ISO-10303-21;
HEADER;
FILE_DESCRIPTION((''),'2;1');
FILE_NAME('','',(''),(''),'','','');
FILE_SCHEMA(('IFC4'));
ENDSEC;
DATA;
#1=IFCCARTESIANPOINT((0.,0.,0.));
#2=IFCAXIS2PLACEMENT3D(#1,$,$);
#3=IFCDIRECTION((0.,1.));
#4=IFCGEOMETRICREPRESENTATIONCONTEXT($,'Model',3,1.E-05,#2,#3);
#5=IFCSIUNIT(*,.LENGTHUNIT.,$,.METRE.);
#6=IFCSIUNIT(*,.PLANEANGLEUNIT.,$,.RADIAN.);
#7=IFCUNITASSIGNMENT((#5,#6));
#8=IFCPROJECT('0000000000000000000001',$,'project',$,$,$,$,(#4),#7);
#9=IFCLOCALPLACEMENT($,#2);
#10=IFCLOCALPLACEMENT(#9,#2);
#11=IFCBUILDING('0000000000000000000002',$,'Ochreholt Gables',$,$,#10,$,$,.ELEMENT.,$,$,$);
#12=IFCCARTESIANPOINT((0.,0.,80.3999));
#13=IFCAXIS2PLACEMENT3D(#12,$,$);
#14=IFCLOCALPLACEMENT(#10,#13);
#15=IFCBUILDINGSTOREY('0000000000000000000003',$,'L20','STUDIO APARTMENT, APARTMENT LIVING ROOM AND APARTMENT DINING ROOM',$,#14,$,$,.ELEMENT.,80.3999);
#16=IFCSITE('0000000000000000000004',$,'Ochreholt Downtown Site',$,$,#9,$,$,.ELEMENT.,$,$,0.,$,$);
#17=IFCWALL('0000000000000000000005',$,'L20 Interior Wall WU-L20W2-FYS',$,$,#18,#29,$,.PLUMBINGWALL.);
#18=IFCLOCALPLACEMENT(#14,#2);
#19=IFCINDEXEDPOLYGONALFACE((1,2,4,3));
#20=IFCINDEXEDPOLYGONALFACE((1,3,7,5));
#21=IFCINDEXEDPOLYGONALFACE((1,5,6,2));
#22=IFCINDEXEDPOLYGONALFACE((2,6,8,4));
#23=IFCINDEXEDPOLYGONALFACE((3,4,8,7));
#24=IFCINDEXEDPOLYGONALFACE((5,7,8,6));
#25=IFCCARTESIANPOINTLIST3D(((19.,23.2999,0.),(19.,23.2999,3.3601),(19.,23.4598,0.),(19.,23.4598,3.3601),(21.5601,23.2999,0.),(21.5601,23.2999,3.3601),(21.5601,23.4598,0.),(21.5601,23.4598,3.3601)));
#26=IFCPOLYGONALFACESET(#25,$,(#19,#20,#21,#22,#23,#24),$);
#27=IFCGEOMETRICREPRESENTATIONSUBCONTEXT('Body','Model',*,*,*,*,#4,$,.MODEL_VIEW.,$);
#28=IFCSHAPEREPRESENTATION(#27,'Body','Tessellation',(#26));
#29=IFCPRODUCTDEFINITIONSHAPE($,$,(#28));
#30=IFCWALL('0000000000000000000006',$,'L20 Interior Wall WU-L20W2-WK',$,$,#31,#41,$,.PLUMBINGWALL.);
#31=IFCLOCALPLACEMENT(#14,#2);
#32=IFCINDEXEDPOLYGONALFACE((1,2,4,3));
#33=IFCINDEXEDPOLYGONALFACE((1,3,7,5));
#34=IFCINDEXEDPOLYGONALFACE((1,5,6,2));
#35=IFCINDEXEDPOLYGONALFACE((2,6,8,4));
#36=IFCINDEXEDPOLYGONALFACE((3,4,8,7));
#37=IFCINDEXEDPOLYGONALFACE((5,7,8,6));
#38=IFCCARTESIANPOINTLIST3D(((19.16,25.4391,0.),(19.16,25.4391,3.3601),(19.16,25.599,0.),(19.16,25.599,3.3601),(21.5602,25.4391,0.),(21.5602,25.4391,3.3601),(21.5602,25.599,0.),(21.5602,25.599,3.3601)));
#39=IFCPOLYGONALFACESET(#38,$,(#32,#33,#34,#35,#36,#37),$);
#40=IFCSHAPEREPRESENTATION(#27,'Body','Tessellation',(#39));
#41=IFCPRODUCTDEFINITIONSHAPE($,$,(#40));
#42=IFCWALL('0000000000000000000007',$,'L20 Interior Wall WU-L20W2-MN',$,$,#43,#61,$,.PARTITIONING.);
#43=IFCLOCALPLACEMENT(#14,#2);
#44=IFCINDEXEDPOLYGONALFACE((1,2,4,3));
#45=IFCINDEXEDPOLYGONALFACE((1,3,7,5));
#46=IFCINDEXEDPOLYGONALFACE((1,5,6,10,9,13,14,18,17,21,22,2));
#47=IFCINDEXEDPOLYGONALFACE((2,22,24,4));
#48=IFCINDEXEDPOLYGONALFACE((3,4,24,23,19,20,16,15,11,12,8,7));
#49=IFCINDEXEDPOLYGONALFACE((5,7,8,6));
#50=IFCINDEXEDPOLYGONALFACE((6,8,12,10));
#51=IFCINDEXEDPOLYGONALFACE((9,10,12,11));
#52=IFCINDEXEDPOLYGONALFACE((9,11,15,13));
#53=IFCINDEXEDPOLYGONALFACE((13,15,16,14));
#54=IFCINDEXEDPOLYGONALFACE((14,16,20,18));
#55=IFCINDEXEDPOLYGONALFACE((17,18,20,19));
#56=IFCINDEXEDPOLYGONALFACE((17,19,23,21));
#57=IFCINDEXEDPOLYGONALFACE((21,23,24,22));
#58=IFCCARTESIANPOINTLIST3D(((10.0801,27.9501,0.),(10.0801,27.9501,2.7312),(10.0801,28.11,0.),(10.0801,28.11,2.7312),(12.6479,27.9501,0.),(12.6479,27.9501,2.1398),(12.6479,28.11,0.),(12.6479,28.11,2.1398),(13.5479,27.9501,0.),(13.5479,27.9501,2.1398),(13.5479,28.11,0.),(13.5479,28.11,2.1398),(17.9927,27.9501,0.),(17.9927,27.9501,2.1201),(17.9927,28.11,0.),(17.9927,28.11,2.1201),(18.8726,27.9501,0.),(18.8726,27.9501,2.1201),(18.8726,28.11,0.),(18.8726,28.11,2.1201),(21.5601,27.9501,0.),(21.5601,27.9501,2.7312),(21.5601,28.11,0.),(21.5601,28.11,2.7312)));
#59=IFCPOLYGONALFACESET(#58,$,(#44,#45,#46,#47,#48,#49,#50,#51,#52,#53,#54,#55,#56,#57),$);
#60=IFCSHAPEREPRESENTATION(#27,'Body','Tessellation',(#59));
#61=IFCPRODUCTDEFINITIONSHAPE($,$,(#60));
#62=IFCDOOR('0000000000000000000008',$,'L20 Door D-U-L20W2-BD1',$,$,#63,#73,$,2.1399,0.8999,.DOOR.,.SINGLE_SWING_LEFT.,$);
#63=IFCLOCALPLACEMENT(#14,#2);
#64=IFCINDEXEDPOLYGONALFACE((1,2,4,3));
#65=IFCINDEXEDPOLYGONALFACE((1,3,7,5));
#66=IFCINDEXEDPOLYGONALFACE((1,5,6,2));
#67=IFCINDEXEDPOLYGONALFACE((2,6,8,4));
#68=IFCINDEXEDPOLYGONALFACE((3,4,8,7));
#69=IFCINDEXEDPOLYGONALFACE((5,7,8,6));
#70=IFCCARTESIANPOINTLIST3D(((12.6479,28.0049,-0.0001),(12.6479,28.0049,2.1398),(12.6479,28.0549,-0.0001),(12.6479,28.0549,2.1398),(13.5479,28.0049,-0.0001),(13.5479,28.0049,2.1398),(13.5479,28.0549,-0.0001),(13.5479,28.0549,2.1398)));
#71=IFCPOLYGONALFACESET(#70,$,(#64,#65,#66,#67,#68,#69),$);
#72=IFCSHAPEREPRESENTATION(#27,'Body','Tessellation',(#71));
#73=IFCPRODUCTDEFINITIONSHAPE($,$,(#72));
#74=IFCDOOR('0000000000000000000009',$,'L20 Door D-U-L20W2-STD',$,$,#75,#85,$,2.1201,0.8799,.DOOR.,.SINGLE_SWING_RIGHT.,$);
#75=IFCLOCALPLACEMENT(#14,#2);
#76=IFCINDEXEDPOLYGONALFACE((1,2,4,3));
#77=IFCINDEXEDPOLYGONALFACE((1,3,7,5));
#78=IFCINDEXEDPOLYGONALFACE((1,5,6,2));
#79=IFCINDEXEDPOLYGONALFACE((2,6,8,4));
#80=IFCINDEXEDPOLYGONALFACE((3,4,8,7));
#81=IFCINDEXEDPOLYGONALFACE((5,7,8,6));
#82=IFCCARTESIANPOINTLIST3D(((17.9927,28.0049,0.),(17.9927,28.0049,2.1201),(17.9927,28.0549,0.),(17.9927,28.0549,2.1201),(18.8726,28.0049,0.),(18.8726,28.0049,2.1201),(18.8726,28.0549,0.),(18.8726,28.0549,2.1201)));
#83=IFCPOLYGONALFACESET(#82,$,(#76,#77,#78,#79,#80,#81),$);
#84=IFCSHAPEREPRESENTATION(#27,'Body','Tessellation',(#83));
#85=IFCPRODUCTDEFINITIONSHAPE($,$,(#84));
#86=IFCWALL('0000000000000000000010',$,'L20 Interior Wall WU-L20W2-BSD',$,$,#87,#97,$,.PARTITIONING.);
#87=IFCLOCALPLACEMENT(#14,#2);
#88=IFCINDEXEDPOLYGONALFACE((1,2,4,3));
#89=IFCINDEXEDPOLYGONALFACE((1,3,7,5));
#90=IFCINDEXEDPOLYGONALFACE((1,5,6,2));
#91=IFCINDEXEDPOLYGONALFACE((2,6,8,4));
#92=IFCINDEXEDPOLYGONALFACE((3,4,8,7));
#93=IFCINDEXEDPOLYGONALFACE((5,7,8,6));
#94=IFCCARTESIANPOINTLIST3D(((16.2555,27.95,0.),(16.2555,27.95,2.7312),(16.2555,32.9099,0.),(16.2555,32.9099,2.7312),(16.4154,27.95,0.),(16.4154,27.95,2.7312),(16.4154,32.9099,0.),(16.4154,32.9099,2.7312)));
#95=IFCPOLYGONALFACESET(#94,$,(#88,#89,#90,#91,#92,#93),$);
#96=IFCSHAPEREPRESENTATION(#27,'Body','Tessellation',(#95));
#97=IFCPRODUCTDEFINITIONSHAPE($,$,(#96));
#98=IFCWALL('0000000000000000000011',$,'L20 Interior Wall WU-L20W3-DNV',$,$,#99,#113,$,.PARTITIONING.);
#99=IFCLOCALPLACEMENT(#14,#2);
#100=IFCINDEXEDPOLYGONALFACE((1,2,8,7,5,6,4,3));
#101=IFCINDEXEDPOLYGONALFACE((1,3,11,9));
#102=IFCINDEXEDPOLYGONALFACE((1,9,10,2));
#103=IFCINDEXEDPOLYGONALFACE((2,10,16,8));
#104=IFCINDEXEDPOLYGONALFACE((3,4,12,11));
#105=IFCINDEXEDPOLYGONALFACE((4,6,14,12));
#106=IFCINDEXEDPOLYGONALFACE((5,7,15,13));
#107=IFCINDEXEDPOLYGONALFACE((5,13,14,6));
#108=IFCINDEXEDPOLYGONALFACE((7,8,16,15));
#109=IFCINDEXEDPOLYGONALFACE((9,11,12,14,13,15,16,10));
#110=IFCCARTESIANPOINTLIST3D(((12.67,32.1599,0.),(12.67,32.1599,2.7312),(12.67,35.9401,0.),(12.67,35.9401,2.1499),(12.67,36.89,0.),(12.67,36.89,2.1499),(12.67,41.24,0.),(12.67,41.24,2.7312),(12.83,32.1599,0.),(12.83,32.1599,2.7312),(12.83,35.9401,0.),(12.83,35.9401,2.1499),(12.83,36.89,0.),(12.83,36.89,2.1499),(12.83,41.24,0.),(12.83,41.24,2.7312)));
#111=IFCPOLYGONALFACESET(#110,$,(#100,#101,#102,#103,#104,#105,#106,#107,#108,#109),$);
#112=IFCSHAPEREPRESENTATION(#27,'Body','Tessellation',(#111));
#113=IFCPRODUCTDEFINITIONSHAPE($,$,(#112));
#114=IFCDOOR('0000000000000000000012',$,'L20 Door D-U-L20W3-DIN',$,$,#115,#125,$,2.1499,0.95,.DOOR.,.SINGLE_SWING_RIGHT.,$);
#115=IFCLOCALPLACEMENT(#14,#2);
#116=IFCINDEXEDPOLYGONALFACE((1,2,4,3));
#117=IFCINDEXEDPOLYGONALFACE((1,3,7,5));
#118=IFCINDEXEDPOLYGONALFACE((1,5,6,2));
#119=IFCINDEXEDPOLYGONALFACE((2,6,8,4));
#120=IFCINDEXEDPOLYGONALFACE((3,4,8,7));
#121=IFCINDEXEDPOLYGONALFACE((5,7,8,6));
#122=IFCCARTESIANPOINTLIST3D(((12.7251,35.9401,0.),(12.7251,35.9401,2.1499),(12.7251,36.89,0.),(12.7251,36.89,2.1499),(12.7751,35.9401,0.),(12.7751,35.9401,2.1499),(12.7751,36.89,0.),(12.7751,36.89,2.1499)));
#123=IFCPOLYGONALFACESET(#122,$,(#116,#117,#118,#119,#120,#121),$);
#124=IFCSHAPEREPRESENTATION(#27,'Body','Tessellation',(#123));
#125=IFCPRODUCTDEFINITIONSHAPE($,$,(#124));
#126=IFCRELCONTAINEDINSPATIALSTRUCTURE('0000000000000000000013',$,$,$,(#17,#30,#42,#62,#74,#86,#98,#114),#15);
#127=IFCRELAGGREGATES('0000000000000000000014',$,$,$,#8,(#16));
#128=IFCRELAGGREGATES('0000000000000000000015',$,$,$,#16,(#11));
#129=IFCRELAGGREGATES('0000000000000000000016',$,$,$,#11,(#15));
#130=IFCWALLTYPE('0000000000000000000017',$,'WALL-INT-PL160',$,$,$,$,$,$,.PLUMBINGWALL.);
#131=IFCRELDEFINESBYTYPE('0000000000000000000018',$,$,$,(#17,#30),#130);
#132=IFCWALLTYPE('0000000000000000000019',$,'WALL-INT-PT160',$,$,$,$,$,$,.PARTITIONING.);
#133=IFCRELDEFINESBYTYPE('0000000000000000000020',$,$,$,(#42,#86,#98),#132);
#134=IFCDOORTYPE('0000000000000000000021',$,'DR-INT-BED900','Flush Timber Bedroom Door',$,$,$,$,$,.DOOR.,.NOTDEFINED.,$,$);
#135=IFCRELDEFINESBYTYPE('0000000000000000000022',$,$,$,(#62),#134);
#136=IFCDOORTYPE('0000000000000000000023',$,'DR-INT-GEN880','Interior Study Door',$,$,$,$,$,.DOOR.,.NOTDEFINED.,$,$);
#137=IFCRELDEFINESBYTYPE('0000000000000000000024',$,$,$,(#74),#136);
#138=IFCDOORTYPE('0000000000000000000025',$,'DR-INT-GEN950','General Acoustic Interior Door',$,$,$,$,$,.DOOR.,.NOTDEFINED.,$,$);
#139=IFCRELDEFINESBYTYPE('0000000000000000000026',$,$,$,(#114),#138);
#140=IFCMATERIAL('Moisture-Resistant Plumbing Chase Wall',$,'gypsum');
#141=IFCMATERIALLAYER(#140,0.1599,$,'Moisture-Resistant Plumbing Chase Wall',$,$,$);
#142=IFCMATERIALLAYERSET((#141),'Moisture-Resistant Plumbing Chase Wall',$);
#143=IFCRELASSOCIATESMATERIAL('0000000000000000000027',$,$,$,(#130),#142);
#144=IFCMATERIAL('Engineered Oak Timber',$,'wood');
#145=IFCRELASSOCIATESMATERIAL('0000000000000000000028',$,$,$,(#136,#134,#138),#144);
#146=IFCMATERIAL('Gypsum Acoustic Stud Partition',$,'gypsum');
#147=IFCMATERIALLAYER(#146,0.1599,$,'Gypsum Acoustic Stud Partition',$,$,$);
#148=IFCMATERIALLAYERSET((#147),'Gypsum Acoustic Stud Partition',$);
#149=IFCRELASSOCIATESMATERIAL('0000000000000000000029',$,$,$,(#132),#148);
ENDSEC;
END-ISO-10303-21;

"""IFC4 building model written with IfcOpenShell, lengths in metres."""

from ifc_helpers import new_model, si_unit, direction, frame, frame_2d, origin, place, context, subcontext, project, spatial, rectangle, extrude, material, layer, layer_set, type_object, element, fill, save


model = new_model("IFC4")

# Units and contexts
model_context = context("Model", 3, precision=1e-05, world=origin(), true_north=direction((0.0, 1.0)))
body_context = subcontext(model_context, "Body", "Model", "MODEL_VIEW")
ifc_project = project(units=[si_unit("LENGTHUNIT", "METRE"), si_unit("PLANEANGLEUNIT", "RADIAN")], contexts=[model_context])

# Site, building, storey
site_placement = place(None, origin())
site = spatial("IfcSite", under=ifc_project, at=site_placement, Name="Ochreholt Downtown Site", CompositionType="ELEMENT", RefElevation=0.0)
building_placement = place(site_placement, origin())
building = spatial("IfcBuilding", under=site, at=building_placement, Name="Ochreholt Gables", CompositionType="ELEMENT")
storey_placement = place(building_placement, frame((0.0, 0.0, 80.3999)))
storey = spatial("IfcBuildingStorey", under=building, at=storey_placement, Name="L20", Description="STUDIO APARTMENT, APARTMENT LIVING ROOM AND APARTMENT DINING ROOM", CompositionType="ELEMENT", Elevation=80.3999)

# Wall
ifc_material_1 = material(Name="Moisture-Resistant Plumbing Chase Wall", Category="gypsum")
ifc_layer_1 = layer(ifc_material_1, 0.1599, Name="Moisture-Resistant Plumbing Chase Wall")
ifc_layer_set_1 = layer_set([ifc_layer_1], Name="Moisture-Resistant Plumbing Chase Wall")
wall_type_1 = type_object("IfcWallType", Name="WALL-INT-PL160", PredefinedType="PLUMBINGWALL", material=ifc_layer_set_1)
wall_1_placement = place(storey_placement, frame((19.0, 23.3799, 0.0), z_axis=(0.0, 0.0, 1.0), x_axis=(1.0, 0.0, 0.0)))
element("IfcWall", 1, at=wall_1_placement, inside=storey, type_object=wall_type_1, Name="L20 Interior Wall WU-L20W2-FYS", PredefinedType="PLUMBINGWALL", context=body_context, shape_type="SweptSolid", body=[
    extrude(rectangle(XDim=2.5601, YDim=0.1599, at=frame_2d((1.28, 0.0))), origin(), (0.0, 0.0, 1.0), 3.3601),
])

# Shared definitions
ifc_material_2 = material(Name="Engineered Oak Timber", Category="wood")
door_type_1 = type_object("IfcDoorType", Name="DR-INT-GEN880", Description="Interior Study Door", OperationType="NOTDEFINED", PredefinedType="DOOR", material=ifc_material_2)

# Wall
wall_2_placement = place(storey_placement, frame((19.1599, 25.519, 0.0), z_axis=(0.0, 0.0, 1.0), x_axis=(1.0, 0.0, 0.0)))
element("IfcWall", 2, at=wall_2_placement, inside=storey, type_object=wall_type_1, Name="L20 Interior Wall WU-L20W2-WK", PredefinedType="PLUMBINGWALL", context=body_context, shape_type="SweptSolid", body=[
    extrude(rectangle(XDim=2.4001, YDim=0.1599, at=frame_2d((1.2002, 0.0))), origin(), (0.0, 0.0, 1.0), 3.3601),
])

# Wall, openings, doors
ifc_material_3 = material(Name="Gypsum Acoustic Stud Partition", Category="gypsum")
ifc_layer_2 = layer(ifc_material_3, 0.1599, Name="Gypsum Acoustic Stud Partition")
ifc_layer_set_2 = layer_set([ifc_layer_2], Name="Gypsum Acoustic Stud Partition")
wall_type_2 = type_object("IfcWallType", Name="WALL-INT-PT160", PredefinedType="PARTITIONING", material=ifc_layer_set_2)
wall_3_placement = place(storey_placement, frame((10.0801, 28.03, 0.0), z_axis=(0.0, 0.0, 1.0), x_axis=(1.0, 0.0, 0.0)))
wall_3 = element("IfcWall", 3, at=wall_3_placement, inside=storey, type_object=wall_type_2, Name="L20 Interior Wall WU-L20W2-MN", PredefinedType="PARTITIONING", context=body_context, shape_type="SweptSolid", body=[
    extrude(rectangle(XDim=11.48, YDim=0.1599, at=frame_2d((5.74, 0.0))), origin(), (0.0, 0.0, 1.0), 2.7312),
])
opening_1_placement = place(wall_3_placement, frame((7.9126, 0.0, 0.0)))
opening_1 = element("IfcOpeningElement", 4, at=opening_1_placement, cuts=wall_3, PredefinedType="OPENING", context=body_context, shape_type="SweptSolid", body=[
    extrude(rectangle(XDim=0.8799, YDim=2.1201, at=frame_2d((0.4399, 1.0601))), frame((0.0, 0.0898, 0.0), z_axis=(0.0, -1.0, 0.0), x_axis=(1.0, 0.0, 0.0)), (0.0, 0.0, 1.0), 0.1799),
])
opening_2_placement = place(wall_3_placement, frame((2.5679, 0.0, 0.0)))
opening_2 = element("IfcOpeningElement", 5, at=opening_2_placement, cuts=wall_3, PredefinedType="OPENING", context=body_context, shape_type="SweptSolid", body=[
    extrude(rectangle(XDim=0.8999, YDim=2.1399, at=frame_2d((0.45, 1.0698))), frame((0.0, 0.0898, 0.0), z_axis=(0.0, -1.0, 0.0), x_axis=(1.0, 0.0, 0.0)), (0.0, 0.0, 1.0), 0.1799),
])
door_type_2 = type_object("IfcDoorType", Name="DR-INT-BED900", Description="Flush Timber Bedroom Door", OperationType="NOTDEFINED", PredefinedType="DOOR", material=ifc_material_2)
door_1_placement = place(opening_2_placement, origin())
door_1 = element("IfcDoor", 6, at=door_1_placement, inside=storey, type_object=door_type_2, Name="L20 Door D-U-L20W2-BD1", OperationType="SINGLE_SWING_LEFT", OverallHeight=2.1399, OverallWidth=0.8999, PredefinedType="DOOR", context=body_context, shape_type="SweptSolid", body=[
    extrude(rectangle(XDim=0.8999, YDim=2.1399, at=frame_2d((0.45, 1.0698))), frame((0.0, 0.0249, 0.0), z_axis=(0.0, -1.0, 0.0), x_axis=(1.0, 0.0, 0.0)), (0.0, 0.0, 1.0), 0.05),
])
fill(opening_2, door_1)
door_2_placement = place(opening_1_placement, origin())
door_2 = element("IfcDoor", 7, at=door_2_placement, inside=storey, type_object=door_type_1, Name="L20 Door D-U-L20W2-STD", OperationType="SINGLE_SWING_RIGHT", OverallHeight=2.1201, OverallWidth=0.8799, PredefinedType="DOOR", context=body_context, shape_type="SweptSolid", body=[
    extrude(rectangle(XDim=0.8799, YDim=2.1201, at=frame_2d((0.4399, 1.0601))), frame((0.0, 0.0249, 0.0), z_axis=(0.0, -1.0, 0.0), x_axis=(1.0, 0.0, 0.0)), (0.0, 0.0, 1.0), 0.05),
])
fill(opening_1, door_2)

# Wall
wall_4_placement = place(storey_placement, frame((16.3354, 27.95, 0.0), z_axis=(0.0, 0.0, 1.0), x_axis=(0.0, 1.0, 0.0)))
element("IfcWall", 8, at=wall_4_placement, inside=storey, type_object=wall_type_2, Name="L20 Interior Wall WU-L20W2-BSD", PredefinedType="PARTITIONING", context=body_context, shape_type="SweptSolid", body=[
    extrude(rectangle(XDim=4.96, YDim=0.1599, at=frame_2d((2.48, 0.0))), origin(), (0.0, 0.0, 1.0), 2.7312),
])

# Wall, opening, door
wall_5_placement = place(storey_placement, frame((12.75, 32.1599, 0.0), z_axis=(0.0, 0.0, 1.0), x_axis=(0.0, 1.0, 0.0)))
wall_5 = element("IfcWall", 9, at=wall_5_placement, inside=storey, type_object=wall_type_2, Name="L20 Interior Wall WU-L20W3-DNV", PredefinedType="PARTITIONING", context=body_context, shape_type="SweptSolid", body=[
    extrude(rectangle(XDim=9.0801, YDim=0.1599, at=frame_2d((4.54, 0.0))), origin(), (0.0, 0.0, 1.0), 2.7312),
])
opening_3_placement = place(wall_5_placement, frame((3.78, 0.0, 0.0)))
opening_3 = element("IfcOpeningElement", 10, at=opening_3_placement, cuts=wall_5, PredefinedType="OPENING", context=body_context, shape_type="SweptSolid", body=[
    extrude(rectangle(XDim=0.95, YDim=2.1499, at=frame_2d((0.4751, 1.075))), frame((0.0, 0.0898, 0.0), z_axis=(0.0, -1.0, 0.0), x_axis=(1.0, 0.0, 0.0)), (0.0, 0.0, 1.0), 0.1799),
])
door_type_3 = type_object("IfcDoorType", Name="DR-INT-GEN950", Description="General Acoustic Interior Door", OperationType="NOTDEFINED", PredefinedType="DOOR", material=ifc_material_2)
door_3_placement = place(opening_3_placement, origin())
door_3 = element("IfcDoor", 11, at=door_3_placement, inside=storey, type_object=door_type_3, Name="L20 Door D-U-L20W3-DIN", OperationType="SINGLE_SWING_RIGHT", OverallHeight=2.1499, OverallWidth=0.95, PredefinedType="DOOR", context=body_context, shape_type="SweptSolid", body=[
    extrude(rectangle(XDim=0.95, YDim=2.1499, at=frame_2d((0.4751, 1.075))), frame((0.0, 0.0249, 0.0), z_axis=(0.0, -1.0, 0.0), x_axis=(1.0, 0.0, 0.0)), (0.0, 0.0, 1.0), 0.05),
])
fill(opening_3, door_3)

save(model, "model.ifc")
